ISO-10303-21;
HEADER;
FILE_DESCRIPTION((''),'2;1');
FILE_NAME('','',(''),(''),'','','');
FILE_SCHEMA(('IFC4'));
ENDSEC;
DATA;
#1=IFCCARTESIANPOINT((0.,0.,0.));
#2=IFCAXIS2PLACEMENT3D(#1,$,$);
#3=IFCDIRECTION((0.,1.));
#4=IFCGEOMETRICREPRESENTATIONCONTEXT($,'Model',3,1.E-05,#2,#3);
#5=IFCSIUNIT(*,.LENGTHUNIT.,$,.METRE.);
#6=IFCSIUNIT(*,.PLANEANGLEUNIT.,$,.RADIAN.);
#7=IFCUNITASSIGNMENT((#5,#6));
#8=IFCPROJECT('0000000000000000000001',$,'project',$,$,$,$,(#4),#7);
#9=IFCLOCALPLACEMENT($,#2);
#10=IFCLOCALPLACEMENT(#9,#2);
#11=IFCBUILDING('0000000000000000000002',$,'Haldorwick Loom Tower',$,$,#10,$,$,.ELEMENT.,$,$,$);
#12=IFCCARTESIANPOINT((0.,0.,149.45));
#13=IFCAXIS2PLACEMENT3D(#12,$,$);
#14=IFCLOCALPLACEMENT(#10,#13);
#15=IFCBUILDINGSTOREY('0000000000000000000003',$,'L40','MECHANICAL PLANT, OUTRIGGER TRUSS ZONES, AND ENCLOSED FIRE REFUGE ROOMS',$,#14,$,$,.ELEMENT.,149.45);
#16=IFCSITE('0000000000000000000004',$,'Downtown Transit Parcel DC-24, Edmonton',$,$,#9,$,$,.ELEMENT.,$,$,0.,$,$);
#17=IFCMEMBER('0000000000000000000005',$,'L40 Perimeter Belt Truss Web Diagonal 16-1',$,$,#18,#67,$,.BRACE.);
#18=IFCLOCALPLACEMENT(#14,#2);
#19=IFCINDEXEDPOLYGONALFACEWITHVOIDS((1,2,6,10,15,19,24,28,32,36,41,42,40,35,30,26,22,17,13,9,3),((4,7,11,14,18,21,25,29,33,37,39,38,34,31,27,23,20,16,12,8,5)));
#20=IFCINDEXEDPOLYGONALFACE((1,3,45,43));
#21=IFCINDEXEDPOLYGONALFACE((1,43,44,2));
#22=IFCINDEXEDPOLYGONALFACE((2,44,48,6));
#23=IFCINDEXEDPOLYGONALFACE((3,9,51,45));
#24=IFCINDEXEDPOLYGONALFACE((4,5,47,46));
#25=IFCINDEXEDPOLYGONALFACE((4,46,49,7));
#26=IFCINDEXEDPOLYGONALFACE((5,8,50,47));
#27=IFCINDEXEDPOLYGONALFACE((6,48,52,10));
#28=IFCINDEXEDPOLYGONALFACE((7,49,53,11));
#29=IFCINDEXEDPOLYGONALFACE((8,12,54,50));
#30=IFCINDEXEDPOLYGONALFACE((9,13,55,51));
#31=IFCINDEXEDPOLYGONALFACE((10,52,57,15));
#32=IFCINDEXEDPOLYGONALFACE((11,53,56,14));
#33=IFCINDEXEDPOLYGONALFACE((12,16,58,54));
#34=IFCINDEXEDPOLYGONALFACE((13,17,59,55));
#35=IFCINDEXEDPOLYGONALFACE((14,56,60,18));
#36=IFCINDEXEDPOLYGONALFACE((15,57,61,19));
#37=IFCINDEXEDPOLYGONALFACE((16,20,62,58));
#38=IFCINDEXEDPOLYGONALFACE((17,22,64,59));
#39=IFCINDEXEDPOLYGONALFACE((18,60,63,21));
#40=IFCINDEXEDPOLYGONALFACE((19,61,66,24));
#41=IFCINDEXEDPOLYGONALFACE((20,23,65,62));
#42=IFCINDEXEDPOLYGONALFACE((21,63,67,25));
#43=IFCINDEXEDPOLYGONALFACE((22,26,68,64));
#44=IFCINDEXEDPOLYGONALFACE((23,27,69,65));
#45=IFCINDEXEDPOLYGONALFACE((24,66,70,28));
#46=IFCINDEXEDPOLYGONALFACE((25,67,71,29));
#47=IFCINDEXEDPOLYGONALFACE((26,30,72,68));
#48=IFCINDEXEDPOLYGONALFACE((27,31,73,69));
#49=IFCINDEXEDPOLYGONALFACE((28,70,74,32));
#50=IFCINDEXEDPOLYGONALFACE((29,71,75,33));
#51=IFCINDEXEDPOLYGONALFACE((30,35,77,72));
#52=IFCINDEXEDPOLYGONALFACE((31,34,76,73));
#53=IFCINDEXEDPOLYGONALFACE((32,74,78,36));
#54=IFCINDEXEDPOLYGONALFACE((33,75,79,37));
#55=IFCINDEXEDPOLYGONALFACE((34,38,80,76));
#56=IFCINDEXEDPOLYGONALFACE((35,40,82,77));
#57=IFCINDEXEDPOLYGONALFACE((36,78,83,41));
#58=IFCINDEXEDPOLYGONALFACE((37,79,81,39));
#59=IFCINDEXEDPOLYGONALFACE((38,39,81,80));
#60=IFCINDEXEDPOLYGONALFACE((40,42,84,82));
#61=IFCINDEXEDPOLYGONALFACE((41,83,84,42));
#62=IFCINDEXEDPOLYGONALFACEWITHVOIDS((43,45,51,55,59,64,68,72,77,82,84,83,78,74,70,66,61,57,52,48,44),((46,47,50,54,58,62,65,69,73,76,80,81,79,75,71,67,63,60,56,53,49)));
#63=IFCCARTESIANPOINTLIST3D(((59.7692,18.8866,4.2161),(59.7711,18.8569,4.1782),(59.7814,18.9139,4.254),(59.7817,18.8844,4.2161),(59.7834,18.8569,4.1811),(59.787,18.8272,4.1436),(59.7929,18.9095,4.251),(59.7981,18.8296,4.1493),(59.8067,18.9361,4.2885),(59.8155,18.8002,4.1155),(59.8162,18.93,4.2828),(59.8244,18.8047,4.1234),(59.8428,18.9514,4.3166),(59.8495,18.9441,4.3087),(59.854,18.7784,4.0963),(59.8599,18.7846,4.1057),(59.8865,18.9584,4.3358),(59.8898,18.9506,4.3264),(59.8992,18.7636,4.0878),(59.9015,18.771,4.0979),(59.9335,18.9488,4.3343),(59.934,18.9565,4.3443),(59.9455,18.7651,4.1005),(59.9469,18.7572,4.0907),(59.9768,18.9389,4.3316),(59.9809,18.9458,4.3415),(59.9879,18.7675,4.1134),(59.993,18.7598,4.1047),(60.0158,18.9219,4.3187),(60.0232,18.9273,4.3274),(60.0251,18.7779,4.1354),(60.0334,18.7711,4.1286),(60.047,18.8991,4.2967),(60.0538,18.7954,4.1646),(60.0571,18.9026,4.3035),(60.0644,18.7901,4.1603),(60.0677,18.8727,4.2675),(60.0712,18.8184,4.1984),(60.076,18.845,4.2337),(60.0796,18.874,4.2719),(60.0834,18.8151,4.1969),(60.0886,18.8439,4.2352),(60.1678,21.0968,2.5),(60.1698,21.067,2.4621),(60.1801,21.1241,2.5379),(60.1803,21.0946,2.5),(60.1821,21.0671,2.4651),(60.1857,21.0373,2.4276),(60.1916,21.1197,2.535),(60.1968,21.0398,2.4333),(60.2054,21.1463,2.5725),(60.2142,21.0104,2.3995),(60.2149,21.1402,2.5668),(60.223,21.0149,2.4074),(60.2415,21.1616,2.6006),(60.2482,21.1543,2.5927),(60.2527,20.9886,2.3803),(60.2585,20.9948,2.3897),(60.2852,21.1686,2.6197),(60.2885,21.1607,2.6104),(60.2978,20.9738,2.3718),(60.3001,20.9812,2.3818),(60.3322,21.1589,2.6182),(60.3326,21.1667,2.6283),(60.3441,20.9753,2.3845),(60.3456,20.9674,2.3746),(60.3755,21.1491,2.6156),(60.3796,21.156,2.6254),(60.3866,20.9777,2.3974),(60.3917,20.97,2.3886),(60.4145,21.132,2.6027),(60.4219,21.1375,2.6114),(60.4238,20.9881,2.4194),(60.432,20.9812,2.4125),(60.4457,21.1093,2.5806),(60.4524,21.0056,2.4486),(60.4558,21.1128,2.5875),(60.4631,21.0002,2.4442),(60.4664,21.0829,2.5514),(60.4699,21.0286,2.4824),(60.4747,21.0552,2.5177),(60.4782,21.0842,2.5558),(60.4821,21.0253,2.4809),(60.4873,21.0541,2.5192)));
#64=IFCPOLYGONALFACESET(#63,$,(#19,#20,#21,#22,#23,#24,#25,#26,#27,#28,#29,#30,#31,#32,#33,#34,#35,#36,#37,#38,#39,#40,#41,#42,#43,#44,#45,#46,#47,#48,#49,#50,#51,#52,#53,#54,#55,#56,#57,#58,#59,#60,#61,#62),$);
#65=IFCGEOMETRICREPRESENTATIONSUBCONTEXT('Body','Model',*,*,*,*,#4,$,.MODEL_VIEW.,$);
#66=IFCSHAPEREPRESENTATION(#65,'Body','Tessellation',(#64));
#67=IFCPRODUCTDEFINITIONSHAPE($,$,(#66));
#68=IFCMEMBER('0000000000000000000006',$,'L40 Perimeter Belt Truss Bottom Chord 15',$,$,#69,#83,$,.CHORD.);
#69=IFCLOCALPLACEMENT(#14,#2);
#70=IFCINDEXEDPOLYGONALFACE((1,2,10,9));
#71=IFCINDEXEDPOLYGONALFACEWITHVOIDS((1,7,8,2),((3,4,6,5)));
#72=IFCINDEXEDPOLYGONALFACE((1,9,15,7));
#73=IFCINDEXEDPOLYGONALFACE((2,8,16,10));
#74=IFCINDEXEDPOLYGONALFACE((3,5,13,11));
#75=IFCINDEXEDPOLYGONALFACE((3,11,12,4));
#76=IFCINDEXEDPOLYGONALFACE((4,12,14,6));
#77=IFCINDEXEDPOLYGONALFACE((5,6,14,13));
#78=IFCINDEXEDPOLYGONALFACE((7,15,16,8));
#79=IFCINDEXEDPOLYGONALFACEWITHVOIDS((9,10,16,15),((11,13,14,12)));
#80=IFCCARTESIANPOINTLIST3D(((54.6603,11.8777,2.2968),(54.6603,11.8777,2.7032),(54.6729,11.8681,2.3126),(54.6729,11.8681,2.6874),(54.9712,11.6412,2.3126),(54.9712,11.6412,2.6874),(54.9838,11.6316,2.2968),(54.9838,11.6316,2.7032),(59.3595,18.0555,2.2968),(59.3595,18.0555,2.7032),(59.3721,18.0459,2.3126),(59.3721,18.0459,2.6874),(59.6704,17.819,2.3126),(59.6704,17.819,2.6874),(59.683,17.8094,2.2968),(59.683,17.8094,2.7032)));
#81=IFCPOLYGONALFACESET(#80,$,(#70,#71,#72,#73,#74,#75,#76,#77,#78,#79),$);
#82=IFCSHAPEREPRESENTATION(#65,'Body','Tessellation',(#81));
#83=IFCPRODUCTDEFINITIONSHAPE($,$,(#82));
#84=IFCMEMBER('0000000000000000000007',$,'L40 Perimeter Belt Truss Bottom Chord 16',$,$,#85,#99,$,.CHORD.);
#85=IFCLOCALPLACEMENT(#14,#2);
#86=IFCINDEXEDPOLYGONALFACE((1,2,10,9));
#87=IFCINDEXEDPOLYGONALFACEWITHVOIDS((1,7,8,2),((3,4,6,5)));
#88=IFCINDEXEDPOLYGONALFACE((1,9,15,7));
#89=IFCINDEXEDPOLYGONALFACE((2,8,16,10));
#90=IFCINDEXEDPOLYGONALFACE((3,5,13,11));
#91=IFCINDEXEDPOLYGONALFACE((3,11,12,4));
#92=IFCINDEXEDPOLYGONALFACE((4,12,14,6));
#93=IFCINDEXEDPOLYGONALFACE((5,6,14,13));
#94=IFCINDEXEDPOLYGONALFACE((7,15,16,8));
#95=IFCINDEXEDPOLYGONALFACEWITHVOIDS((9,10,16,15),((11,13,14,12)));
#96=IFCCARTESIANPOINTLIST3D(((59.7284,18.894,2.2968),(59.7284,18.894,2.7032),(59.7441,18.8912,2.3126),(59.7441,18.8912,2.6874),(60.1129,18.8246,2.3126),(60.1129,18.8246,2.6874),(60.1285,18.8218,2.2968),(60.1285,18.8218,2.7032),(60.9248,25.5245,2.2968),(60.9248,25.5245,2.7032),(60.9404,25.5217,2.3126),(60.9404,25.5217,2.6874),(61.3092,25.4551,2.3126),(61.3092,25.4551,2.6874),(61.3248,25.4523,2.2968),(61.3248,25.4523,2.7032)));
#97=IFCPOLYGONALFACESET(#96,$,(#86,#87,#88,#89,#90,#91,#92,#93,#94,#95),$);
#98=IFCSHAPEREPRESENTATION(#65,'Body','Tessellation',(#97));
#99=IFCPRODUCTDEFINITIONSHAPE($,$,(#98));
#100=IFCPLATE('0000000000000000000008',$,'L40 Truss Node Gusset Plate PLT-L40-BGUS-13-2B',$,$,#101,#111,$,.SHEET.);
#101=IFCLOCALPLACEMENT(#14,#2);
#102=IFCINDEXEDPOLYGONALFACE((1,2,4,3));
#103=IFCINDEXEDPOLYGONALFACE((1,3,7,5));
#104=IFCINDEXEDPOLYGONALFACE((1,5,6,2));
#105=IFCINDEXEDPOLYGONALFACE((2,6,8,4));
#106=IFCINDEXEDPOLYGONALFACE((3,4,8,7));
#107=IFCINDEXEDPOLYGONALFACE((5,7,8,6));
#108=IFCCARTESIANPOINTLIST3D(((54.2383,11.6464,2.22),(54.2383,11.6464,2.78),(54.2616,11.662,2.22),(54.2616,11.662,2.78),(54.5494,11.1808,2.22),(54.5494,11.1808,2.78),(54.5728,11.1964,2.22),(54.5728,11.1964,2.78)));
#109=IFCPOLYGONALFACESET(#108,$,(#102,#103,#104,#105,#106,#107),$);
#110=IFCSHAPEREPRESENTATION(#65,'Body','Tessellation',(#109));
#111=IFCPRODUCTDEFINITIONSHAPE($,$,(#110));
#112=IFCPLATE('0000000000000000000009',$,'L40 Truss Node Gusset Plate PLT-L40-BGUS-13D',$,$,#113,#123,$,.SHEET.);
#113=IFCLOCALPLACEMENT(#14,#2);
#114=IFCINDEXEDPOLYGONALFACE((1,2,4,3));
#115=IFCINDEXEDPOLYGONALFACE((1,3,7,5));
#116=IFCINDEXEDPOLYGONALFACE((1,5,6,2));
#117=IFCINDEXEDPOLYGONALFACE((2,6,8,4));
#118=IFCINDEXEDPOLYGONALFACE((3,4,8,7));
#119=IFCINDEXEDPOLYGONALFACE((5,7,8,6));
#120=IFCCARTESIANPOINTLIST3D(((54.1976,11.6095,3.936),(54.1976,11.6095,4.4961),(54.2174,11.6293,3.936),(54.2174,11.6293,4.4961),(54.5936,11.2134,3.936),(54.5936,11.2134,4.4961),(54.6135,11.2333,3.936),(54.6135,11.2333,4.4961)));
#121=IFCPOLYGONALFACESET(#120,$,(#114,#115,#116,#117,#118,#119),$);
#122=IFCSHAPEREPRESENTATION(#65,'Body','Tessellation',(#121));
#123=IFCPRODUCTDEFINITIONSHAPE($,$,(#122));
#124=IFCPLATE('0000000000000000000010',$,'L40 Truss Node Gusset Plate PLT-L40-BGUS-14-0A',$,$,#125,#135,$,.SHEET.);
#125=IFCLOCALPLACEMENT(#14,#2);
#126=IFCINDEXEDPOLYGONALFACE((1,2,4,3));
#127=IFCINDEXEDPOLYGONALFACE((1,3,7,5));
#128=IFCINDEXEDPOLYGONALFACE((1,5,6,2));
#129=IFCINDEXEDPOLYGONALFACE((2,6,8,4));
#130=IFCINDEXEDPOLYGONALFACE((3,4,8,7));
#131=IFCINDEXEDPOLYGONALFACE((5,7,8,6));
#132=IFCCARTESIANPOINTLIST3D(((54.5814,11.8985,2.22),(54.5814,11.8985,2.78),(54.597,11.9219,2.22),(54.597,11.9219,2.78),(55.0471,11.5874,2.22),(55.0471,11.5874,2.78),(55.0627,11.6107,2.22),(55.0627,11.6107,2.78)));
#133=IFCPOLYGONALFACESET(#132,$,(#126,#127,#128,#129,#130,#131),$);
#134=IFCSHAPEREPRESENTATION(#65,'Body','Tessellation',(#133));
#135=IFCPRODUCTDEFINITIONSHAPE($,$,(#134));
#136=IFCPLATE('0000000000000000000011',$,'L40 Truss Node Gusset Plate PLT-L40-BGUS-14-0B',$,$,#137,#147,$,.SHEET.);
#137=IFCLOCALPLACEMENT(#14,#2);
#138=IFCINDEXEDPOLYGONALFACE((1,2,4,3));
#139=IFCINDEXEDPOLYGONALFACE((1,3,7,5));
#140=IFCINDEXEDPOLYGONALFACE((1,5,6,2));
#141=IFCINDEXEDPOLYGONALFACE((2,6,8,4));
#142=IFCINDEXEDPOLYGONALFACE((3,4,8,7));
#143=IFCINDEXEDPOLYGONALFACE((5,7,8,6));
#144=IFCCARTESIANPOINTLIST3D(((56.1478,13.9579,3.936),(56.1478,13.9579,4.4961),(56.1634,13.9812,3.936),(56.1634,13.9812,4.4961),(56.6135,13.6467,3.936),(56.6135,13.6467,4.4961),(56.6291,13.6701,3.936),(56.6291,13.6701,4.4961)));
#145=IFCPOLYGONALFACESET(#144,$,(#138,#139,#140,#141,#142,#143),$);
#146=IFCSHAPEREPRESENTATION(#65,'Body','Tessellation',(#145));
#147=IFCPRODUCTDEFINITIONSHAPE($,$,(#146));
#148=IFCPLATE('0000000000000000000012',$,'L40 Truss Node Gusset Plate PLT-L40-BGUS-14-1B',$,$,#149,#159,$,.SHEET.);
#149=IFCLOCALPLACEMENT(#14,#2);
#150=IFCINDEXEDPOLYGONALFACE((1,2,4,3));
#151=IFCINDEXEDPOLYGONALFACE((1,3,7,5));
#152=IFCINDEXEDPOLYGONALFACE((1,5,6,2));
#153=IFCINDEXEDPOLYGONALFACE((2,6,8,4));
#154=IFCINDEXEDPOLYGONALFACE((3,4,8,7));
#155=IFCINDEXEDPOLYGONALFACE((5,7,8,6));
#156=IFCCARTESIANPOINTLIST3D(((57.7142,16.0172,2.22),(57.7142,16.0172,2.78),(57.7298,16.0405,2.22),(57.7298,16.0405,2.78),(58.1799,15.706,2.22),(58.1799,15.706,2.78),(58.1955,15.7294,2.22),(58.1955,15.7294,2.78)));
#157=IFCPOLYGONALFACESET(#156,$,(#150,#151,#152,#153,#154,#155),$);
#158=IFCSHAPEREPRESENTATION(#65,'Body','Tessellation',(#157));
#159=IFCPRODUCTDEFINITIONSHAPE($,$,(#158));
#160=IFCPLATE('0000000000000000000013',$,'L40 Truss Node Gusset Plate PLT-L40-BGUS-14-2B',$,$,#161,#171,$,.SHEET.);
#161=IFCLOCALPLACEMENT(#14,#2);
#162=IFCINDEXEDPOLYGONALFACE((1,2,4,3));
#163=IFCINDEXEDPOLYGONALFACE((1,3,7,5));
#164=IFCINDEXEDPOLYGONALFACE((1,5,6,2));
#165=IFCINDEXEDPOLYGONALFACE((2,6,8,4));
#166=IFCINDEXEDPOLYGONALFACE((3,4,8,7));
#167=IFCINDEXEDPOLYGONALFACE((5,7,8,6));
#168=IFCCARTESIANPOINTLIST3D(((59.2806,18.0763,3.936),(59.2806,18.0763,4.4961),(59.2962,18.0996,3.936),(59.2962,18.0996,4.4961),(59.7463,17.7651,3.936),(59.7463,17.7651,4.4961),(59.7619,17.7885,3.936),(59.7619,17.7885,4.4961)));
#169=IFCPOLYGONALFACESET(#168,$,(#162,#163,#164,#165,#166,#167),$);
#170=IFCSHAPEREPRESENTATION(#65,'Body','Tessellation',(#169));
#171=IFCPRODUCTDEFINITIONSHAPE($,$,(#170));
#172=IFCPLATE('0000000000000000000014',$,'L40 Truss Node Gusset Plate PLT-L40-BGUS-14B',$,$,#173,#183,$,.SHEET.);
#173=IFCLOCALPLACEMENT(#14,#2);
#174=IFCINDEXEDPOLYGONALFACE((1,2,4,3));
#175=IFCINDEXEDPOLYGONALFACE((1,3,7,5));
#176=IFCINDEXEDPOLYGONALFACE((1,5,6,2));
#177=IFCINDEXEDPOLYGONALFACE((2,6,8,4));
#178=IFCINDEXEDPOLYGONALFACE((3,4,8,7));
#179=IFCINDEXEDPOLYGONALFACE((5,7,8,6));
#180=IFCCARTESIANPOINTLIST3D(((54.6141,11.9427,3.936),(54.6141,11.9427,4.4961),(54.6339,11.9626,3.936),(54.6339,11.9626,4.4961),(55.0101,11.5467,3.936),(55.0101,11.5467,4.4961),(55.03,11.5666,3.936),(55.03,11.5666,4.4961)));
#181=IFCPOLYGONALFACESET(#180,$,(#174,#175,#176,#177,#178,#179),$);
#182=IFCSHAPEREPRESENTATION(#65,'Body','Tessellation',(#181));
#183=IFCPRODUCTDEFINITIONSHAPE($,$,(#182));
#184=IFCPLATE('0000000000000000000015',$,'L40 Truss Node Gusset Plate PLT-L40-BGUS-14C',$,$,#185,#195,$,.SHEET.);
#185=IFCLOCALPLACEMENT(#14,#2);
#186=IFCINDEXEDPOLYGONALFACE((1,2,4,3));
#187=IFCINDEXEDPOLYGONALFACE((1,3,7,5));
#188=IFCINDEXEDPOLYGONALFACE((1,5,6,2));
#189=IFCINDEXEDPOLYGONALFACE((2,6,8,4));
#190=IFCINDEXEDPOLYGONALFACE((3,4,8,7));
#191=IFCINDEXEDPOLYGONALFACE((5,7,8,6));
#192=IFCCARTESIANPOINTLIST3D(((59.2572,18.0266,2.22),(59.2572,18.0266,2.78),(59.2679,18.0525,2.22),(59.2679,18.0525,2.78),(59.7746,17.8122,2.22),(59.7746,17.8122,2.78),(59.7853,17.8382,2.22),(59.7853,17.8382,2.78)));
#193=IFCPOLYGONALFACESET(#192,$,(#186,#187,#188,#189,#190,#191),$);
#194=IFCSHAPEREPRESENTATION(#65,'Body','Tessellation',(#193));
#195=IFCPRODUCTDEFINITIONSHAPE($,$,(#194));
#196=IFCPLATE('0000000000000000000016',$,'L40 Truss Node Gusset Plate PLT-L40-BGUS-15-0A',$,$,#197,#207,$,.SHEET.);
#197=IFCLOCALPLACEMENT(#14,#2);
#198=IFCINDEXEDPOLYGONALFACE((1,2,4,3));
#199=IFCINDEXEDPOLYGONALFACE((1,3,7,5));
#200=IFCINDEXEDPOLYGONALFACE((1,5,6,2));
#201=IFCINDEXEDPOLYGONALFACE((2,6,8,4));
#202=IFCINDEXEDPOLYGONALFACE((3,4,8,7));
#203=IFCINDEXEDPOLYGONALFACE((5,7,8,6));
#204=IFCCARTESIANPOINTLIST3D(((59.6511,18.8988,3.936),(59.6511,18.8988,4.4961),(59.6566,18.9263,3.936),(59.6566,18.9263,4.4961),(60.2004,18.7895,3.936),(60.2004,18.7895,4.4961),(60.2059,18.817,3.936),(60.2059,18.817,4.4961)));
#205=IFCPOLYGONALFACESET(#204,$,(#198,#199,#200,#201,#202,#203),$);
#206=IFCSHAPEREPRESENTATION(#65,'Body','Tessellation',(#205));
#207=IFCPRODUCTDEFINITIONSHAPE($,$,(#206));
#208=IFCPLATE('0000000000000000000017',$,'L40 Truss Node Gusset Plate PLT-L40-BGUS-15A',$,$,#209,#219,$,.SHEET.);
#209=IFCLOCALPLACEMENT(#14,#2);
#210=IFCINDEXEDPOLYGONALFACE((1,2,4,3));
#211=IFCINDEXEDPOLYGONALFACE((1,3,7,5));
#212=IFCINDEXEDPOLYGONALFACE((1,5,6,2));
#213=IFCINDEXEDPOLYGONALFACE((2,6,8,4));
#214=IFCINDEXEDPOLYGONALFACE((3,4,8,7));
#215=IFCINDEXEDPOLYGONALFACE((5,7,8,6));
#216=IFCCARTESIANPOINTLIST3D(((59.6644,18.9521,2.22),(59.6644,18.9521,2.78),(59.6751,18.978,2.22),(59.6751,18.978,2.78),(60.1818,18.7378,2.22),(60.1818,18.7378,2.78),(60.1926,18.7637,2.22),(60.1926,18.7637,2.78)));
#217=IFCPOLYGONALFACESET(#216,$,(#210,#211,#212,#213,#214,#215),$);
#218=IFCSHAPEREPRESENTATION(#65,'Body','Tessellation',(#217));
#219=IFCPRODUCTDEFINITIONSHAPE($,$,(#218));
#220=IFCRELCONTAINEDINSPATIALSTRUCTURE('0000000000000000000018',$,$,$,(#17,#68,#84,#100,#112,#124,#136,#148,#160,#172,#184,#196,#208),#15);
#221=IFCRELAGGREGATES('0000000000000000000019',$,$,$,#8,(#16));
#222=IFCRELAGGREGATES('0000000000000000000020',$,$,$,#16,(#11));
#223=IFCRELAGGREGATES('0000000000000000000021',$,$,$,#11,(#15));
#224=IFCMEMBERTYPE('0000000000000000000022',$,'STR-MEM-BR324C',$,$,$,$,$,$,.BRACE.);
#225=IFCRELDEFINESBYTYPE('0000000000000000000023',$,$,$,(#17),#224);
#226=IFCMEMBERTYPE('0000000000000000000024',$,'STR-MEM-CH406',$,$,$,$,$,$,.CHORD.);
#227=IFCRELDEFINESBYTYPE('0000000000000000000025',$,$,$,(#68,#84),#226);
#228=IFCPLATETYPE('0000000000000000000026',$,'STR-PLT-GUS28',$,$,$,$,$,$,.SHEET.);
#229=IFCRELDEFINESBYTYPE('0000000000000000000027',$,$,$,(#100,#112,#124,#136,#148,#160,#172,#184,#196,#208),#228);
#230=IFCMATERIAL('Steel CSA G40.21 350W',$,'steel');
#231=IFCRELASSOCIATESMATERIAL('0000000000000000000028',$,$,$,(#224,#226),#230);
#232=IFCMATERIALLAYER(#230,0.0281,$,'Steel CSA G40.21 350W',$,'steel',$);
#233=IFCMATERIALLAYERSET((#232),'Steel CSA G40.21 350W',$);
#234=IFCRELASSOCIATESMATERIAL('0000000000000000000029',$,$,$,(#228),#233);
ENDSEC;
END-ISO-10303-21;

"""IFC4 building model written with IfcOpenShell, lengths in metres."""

from ifc_helpers import new_model, si_unit, direction, frame, origin, origin_2d, place, context, subcontext, project, spatial, rectangle, hollow_rectangle, hollow_circle, extrude, material, layer, layer_set, material_profile, profile_set, type_object, element, save


model = new_model("IFC4")

# Units and contexts
model_context = context("Model", 3, precision=1e-05, world=origin(), true_north=direction((0.0, 1.0)))
body_context = subcontext(model_context, "Body", "Model", "MODEL_VIEW")
ifc_project = project(units=[si_unit("LENGTHUNIT", "METRE"), si_unit("PLANEANGLEUNIT", "RADIAN")], contexts=[model_context])

# Site, building, storey
site_placement = place(None, origin())
site = spatial("IfcSite", under=ifc_project, at=site_placement, Name="Downtown Transit Parcel DC-24, Edmonton", CompositionType="ELEMENT", RefElevation=0.0)
building_placement = place(site_placement, origin())
building = spatial("IfcBuilding", under=site, at=building_placement, Name="Haldorwick Loom Tower", CompositionType="ELEMENT")
storey_placement = place(building_placement, frame((0.0, 0.0, 149.45)))
storey = spatial("IfcBuildingStorey", under=building, at=storey_placement, Name="L40", Description="MECHANICAL PLANT, OUTRIGGER TRUSS ZONES, AND ENCLOSED FIRE REFUGE ROOMS", CompositionType="ELEMENT", Elevation=149.45)

# Shared definitions
ifc_material_1 = material(Name="Steel CSA G40.21 350W", Category="steel")

# Members
ifc_material_profile_1 = material_profile(ifc_material_1, hollow_circle(Radius=0.1619, WallThickness=0.0127, at=origin_2d()), Name="HSS324X13", Category="steel")
ifc_profile_set_1 = profile_set([ifc_material_profile_1], Name="Steel CSA G40.21 350W")
member_type_1 = type_object("IfcMemberType", Name="STR-MEM-BR324C", PredefinedType="BRACE", material=ifc_profile_set_1)
member_1_placement = place(storey_placement, frame((59.9285, 18.8579, 4.2161), z_axis=(0.141054, 0.781972, -0.607144), x_axis=(-0.984118, 0.177517, 0.0)))
element("IfcMember", 1, at=member_1_placement, inside=storey, type_object=member_type_1, Name="L40 Perimeter Belt Truss Web Diagonal 16-1", PredefinedType="BRACE", context=body_context, shape_type="SweptSolid", body=[
    extrude(hollow_circle(Radius=0.1619, WallThickness=0.0127, at=origin_2d()), origin(), (0.0, 0.0, 1.0), 2.8264),
])
ifc_material_profile_2 = material_profile(ifc_material_1, hollow_rectangle(XDim=0.4065, YDim=0.4065, WallThickness=0.0159, at=origin_2d()), Name="HSS406X406X16", Category="steel")
ifc_profile_set_2 = profile_set([ifc_material_profile_2], Name="Steel CSA G40.21 350W")
member_type_2 = type_object("IfcMemberType", Name="STR-MEM-CH406", PredefinedType="CHORD", material=ifc_profile_set_2)
member_2_placement = place(storey_placement, frame((54.822, 11.7546, 2.5), z_axis=(0.605421, 0.795905, 0.0), x_axis=(-0.795905, 0.605421, 0.0)))
element("IfcMember", 2, at=member_2_placement, inside=storey, type_object=member_type_2, Name="L40 Perimeter Belt Truss Bottom Chord 15", PredefinedType="CHORD", context=body_context, shape_type="SweptSolid", body=[
    extrude(hollow_rectangle(XDim=0.4065, YDim=0.4065, WallThickness=0.0159, at=origin_2d()), origin(), (0.0, 0.0, 1.0), 7.762),
])
member_3_placement = place(storey_placement, frame((59.9285, 18.8579, 2.5), z_axis=(0.177559, 0.98411, 0.0), x_axis=(-0.98411, 0.177559, 0.0)))
element("IfcMember", 3, at=member_3_placement, inside=storey, type_object=member_type_2, Name="L40 Perimeter Belt Truss Bottom Chord 16", PredefinedType="CHORD", context=body_context, shape_type="SweptSolid", body=[
    extrude(hollow_rectangle(XDim=0.4065, YDim=0.4065, WallThickness=0.0159, at=origin_2d()), origin(), (0.0, 0.0, 1.0), 6.7375),
])

# Plates
ifc_layer_1 = layer(ifc_material_1, 0.0281, Name="Steel CSA G40.21 350W", Category="steel")
ifc_layer_set_1 = layer_set([ifc_layer_1], Name="Steel CSA G40.21 350W")
plate_type = type_object("IfcPlateType", Name="STR-PLT-GUS28", PredefinedType="SHEET", material=ifc_layer_set_1)
for number, where, z_axis, x_axis, name in (
    (4, (54.4055, 11.4214, 2.22), (0.0, 0.0, 1.0), (0.55557, -0.83147, 0.0), "L40 Truss Node Gusset Plate PLT-L40-BGUS-13-2B"),
    (5, (54.4055, 11.4214, 3.936), (0.0, 0.0, 1.0), (0.707107, -0.707107, 0.0), "L40 Truss Node Gusset Plate PLT-L40-BGUS-13D"),
    (6, (54.822, 11.7546, 2.22), (0.0, 0.0, 1.0), (0.83147, -0.55557, 0.0), "L40 Truss Node Gusset Plate PLT-L40-BGUS-14-0A"),
    (7, (56.3884, 13.814, 3.936), (0.0, 0.0, 1.0), (0.83147, -0.55557, 0.0), "L40 Truss Node Gusset Plate PLT-L40-BGUS-14-0B"),
    (8, (57.9548, 15.8733, 2.22), (0.0, 0.0, 1.0), (0.83147, -0.55557, 0.0), "L40 Truss Node Gusset Plate PLT-L40-BGUS-14-1B"),
    (9, (59.5212, 17.9324, 3.936), (0.0, 0.0, 1.0), (0.83147, -0.55557, 0.0), "L40 Truss Node Gusset Plate PLT-L40-BGUS-14-2B"),
    (10, (54.822, 11.7546, 3.936), (0.0, 0.0, 1.0), (0.707107, -0.707107, 0.0), "L40 Truss Node Gusset Plate PLT-L40-BGUS-14B"),
    (11, (59.5212, 17.9324, 2.22), (0.0, 0.0, 1.0), (0.92388, -0.382683, 0.0), "L40 Truss Node Gusset Plate PLT-L40-BGUS-14C"),
    (12, (59.9285, 18.8579, 3.936), (0.0, 0.0, 1.0), (-0.980785, 0.19509, 0.0), "L40 Truss Node Gusset Plate PLT-L40-BGUS-15-0A"),
    (13, (59.9285, 18.8579, 2.22), (0.0, 0.0, 1.0), (0.92388, -0.382683, 0.0), "L40 Truss Node Gusset Plate PLT-L40-BGUS-15A"),
):
    element("IfcPlate", number, at=place(storey_placement, frame(where, z_axis=z_axis, x_axis=x_axis)), inside=storey, type_object=plate_type, Name=name, PredefinedType="SHEET", context=body_context, shape_type="SweptSolid", body=[
        extrude(rectangle(XDim=0.5601, YDim=0.0281, at=origin_2d()), origin(), (0.0, 0.0, 1.0), 0.5601),
    ])

save(model, "model.ifc")
